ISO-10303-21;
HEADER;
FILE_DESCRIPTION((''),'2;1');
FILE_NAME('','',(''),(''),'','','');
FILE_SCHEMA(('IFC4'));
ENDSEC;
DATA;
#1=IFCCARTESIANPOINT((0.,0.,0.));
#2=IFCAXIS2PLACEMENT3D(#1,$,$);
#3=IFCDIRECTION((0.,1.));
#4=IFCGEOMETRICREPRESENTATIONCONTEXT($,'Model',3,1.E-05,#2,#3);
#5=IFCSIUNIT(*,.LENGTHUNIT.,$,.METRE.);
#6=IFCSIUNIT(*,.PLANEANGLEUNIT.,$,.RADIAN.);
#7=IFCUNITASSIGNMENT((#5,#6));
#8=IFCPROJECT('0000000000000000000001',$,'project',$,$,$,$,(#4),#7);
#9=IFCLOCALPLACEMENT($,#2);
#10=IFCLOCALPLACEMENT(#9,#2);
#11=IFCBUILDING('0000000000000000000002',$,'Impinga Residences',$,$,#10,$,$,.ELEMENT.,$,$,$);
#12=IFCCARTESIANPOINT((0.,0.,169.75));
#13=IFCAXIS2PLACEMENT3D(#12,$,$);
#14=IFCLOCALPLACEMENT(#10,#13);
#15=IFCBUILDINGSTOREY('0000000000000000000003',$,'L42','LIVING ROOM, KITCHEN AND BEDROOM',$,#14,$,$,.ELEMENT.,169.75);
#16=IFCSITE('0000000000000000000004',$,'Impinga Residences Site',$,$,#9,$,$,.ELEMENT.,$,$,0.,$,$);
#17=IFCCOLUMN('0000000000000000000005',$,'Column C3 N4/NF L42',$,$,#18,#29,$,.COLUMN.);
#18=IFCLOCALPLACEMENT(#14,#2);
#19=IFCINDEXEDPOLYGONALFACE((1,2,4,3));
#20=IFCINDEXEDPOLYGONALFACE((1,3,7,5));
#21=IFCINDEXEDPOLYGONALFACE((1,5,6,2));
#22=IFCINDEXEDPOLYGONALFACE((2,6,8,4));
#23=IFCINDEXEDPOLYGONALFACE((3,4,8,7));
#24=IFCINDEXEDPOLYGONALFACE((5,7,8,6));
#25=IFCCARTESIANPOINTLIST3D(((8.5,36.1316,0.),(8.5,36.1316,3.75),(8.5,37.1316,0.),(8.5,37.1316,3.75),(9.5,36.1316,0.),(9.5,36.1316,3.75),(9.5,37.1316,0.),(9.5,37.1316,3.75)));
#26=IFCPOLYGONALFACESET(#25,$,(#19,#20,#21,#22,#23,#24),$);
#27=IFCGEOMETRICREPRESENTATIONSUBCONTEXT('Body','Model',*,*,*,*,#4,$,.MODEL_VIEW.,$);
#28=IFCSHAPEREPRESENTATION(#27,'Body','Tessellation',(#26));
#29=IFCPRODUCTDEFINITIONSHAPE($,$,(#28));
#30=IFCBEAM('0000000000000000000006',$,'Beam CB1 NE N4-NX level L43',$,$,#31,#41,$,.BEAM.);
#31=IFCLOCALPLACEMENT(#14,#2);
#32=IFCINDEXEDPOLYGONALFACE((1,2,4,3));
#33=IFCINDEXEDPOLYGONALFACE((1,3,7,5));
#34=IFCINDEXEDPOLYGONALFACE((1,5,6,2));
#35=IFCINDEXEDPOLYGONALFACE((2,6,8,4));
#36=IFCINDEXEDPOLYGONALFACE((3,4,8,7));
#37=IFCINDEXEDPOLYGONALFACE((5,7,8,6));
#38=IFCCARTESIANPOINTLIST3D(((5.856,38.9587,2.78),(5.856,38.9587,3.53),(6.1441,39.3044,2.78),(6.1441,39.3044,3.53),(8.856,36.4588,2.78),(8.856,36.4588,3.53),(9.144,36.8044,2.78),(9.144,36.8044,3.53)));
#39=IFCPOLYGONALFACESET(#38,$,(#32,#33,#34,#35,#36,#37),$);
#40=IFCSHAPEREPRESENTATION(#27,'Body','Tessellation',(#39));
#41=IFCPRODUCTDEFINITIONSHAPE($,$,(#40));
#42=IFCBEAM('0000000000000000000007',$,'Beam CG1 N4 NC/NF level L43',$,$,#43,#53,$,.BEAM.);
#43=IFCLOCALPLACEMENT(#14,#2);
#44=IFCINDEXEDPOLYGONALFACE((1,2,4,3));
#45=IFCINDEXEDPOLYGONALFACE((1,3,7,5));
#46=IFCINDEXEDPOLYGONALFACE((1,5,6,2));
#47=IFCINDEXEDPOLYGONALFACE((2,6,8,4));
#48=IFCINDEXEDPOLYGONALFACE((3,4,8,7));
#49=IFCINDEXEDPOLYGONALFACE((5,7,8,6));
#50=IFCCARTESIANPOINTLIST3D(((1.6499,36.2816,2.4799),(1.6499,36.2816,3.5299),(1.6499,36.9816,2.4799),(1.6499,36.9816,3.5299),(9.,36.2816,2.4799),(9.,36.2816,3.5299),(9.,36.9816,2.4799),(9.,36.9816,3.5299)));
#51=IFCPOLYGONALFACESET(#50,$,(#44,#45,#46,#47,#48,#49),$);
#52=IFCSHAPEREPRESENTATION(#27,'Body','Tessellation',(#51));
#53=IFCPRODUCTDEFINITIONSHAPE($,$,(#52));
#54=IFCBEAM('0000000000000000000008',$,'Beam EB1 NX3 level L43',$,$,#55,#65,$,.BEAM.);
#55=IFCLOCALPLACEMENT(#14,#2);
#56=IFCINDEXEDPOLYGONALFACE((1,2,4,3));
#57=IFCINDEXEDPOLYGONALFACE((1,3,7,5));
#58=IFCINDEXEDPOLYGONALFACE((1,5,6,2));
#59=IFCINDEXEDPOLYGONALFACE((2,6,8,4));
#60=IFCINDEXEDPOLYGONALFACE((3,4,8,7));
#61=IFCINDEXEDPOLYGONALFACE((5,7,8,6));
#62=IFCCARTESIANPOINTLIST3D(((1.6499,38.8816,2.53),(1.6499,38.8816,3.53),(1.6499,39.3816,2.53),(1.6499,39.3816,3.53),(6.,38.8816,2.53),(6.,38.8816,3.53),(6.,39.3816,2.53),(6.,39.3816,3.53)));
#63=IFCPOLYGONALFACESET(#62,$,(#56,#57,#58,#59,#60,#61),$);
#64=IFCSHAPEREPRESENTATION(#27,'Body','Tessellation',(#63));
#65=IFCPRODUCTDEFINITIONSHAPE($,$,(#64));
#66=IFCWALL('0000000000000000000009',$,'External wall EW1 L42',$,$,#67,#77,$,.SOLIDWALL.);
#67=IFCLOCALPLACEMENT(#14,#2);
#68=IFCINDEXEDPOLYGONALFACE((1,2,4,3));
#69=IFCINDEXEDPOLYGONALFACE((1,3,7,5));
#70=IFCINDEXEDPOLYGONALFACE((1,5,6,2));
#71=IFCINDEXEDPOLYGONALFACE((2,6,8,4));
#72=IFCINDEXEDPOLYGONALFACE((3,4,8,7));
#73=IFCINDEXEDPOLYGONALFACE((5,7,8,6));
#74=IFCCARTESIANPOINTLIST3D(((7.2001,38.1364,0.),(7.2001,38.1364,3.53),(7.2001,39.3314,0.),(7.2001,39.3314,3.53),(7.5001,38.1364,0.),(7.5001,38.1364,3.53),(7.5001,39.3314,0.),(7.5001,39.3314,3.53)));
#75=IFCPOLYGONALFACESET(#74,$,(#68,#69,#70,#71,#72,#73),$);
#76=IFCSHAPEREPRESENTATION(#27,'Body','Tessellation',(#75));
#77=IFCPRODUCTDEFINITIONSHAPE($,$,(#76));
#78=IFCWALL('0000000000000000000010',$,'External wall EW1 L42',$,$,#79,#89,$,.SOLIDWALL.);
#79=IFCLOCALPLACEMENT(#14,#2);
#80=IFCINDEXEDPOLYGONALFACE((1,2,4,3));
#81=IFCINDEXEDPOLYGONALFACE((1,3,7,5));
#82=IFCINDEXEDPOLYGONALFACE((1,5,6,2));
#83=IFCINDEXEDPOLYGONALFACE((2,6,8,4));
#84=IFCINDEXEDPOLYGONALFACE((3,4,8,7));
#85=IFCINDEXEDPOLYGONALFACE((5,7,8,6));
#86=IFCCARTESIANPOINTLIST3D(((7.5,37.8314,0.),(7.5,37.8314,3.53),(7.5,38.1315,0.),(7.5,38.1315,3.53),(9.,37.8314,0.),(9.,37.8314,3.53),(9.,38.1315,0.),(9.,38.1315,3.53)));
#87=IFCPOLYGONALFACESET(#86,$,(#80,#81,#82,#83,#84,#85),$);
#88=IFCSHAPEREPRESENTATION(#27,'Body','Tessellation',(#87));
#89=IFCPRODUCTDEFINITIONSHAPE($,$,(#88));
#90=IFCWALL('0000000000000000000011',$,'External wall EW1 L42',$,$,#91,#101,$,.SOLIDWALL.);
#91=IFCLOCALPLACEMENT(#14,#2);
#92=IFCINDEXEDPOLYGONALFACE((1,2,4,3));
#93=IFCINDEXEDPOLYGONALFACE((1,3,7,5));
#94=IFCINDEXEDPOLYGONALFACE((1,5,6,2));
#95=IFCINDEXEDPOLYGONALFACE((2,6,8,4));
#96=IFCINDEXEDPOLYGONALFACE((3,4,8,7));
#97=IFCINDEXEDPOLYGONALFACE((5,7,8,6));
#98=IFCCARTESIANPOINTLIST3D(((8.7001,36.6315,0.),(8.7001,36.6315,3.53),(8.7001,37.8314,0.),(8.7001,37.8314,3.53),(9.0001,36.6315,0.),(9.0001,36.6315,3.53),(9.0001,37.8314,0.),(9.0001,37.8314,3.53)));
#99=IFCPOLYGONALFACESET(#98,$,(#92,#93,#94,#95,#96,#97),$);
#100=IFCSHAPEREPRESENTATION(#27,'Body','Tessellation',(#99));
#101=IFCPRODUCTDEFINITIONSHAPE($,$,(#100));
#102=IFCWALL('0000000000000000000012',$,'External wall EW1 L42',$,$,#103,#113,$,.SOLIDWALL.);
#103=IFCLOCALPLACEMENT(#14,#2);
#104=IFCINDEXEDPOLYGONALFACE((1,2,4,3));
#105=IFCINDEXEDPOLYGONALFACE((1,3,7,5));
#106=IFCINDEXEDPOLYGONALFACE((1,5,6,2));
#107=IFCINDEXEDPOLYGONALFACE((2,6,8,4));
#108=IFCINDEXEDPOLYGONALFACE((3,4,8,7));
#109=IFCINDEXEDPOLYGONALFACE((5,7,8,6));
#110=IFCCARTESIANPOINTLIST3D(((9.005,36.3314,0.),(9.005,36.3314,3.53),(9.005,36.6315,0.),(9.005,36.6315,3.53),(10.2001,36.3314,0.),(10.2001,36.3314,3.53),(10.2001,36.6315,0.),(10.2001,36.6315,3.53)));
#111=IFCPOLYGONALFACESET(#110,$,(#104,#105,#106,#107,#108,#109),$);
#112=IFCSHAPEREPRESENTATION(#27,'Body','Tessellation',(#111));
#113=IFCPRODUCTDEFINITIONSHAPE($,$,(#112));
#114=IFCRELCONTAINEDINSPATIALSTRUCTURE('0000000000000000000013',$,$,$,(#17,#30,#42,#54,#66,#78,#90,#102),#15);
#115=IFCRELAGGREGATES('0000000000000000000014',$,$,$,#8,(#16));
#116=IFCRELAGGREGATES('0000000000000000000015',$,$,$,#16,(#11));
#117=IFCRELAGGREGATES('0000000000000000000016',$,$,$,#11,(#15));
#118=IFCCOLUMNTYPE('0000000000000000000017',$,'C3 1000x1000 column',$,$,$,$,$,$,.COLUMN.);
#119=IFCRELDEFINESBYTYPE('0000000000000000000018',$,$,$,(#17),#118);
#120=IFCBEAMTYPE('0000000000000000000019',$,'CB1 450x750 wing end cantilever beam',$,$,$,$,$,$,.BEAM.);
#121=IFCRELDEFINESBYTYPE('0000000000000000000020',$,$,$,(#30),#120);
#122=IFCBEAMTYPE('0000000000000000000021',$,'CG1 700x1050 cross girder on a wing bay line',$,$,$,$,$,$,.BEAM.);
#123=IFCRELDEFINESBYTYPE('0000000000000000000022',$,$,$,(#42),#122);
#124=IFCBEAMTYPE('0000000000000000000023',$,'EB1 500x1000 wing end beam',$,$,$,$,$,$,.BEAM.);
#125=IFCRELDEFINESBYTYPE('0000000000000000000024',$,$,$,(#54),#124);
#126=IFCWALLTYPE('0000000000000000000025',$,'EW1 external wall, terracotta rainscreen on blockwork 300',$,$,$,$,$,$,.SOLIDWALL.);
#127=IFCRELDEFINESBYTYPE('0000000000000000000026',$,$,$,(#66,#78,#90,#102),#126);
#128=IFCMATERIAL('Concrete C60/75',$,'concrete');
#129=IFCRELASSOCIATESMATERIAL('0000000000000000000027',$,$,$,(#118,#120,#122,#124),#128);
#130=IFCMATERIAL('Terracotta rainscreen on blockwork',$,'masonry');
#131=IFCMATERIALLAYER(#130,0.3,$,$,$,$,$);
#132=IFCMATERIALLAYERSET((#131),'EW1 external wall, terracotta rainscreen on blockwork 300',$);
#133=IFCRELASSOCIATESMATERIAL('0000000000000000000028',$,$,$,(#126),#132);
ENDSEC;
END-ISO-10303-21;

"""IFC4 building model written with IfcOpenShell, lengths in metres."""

from ifc_helpers import new_model, si_unit, direction, frame, frame_2d, origin, origin_2d, place, context, subcontext, project, spatial, rectangle, extrude, material, layer, layer_set, material_profile, profile_set, type_object, element, save


model = new_model("IFC4")

# Units and contexts
model_context = context("Model", 3, precision=1e-05, world=origin(), true_north=direction((0.0, 1.0)))
body_context = subcontext(model_context, "Body", "Model", "MODEL_VIEW")
ifc_project = project(units=[si_unit("LENGTHUNIT", "METRE"), si_unit("PLANEANGLEUNIT", "RADIAN")], contexts=[model_context])

# Site, building, storey
site_placement = place(None, origin())
site = spatial("IfcSite", under=ifc_project, at=site_placement, Name="Impinga Residences Site", CompositionType="ELEMENT", RefElevation=0.0)
building_placement = place(site_placement, origin())
building = spatial("IfcBuilding", under=site, at=building_placement, Name="Impinga Residences", CompositionType="ELEMENT")
storey_placement = place(building_placement, frame((0.0, 0.0, 169.75)))
storey = spatial("IfcBuildingStorey", under=building, at=storey_placement, Name="L42", Description="LIVING ROOM, KITCHEN AND BEDROOM", CompositionType="ELEMENT", Elevation=169.75)

# Column
ifc_material_1 = material(Name="Concrete C60/75", Category="concrete")
ifc_material_profile_1 = material_profile(ifc_material_1, rectangle(XDim=1.0, YDim=1.0, at=origin_2d()), Name="RC 1000x1000")
ifc_profile_set_1 = profile_set([ifc_material_profile_1], Name="Concrete C60/75")
column_type = type_object("IfcColumnType", Name="C3 1000x1000 column", PredefinedType="COLUMN", material=ifc_profile_set_1)
column_placement = place(storey_placement, frame((9.0, 36.6316, 0.0), z_axis=(0.0, 0.0, 1.0), x_axis=(1.0, 0.0, 0.0)))
element("IfcColumn", 1, at=column_placement, inside=storey, type_object=column_type, Name="Column C3 N4/NF L42", PredefinedType="COLUMN", context=body_context, shape_type="SweptSolid", body=[
    extrude(rectangle(XDim=1.0, YDim=1.0, at=origin_2d()), origin(), (0.0, 0.0, 1.0), 3.75),
])

# Beams
ifc_material_profile_2 = material_profile(ifc_material_1, rectangle(XDim=0.45, YDim=0.75, at=origin_2d()), Name="RC 450x750")
ifc_profile_set_2 = profile_set([ifc_material_profile_2], Name="Concrete C60/75")
beam_type_1 = type_object("IfcBeamType", Name="CB1 450x750 wing end cantilever beam", PredefinedType="BEAM", material=ifc_profile_set_2)
beam_1_placement = place(storey_placement, frame((9.0, 36.6316, 3.155), z_axis=(-0.768221, 0.640184, 0.0), x_axis=(-0.640184, -0.768221, 0.0)))
element("IfcBeam", 2, at=beam_1_placement, inside=storey, type_object=beam_type_1, Name="Beam CB1 NE N4-NX level L43", PredefinedType="BEAM", context=body_context, shape_type="SweptSolid", body=[
    extrude(rectangle(XDim=0.45, YDim=0.75, at=origin_2d()), origin(), (0.0, 0.0, 1.0), 3.905),
])
ifc_material_profile_3 = material_profile(ifc_material_1, rectangle(XDim=0.7, YDim=1.05, at=origin_2d()), Name="RC 700x1050")
ifc_profile_set_3 = profile_set([ifc_material_profile_3], Name="Concrete C60/75")
beam_type_2 = type_object("IfcBeamType", Name="CG1 700x1050 cross girder on a wing bay line", PredefinedType="BEAM", material=ifc_profile_set_3)
beam_2_placement = place(storey_placement, frame((1.6499, 36.6316, 3.0049), z_axis=(1.0, 0.0, 0.0), x_axis=(0.0, 1.0, 0.0)))
element("IfcBeam", 3, at=beam_2_placement, inside=storey, type_object=beam_type_2, Name="Beam CG1 N4 NC/NF level L43", PredefinedType="BEAM", context=body_context, shape_type="SweptSolid", body=[
    extrude(rectangle(XDim=0.7, YDim=1.05, at=origin_2d()), origin(), (0.0, 0.0, 1.0), 7.3501),
])
ifc_material_profile_4 = material_profile(ifc_material_1, rectangle(XDim=0.5, YDim=1.0, at=origin_2d()), Name="RC 500x1000")
ifc_profile_set_4 = profile_set([ifc_material_profile_4], Name="Concrete C60/75")
beam_type_3 = type_object("IfcBeamType", Name="EB1 500x1000 wing end beam", PredefinedType="BEAM", material=ifc_profile_set_4)
beam_3_placement = place(storey_placement, frame((1.6499, 39.1316, 3.03), z_axis=(1.0, 0.0, 0.0), x_axis=(0.0, 1.0, 0.0)))
element("IfcBeam", 4, at=beam_3_placement, inside=storey, type_object=beam_type_3, Name="Beam EB1 NX3 level L43", PredefinedType="BEAM", context=body_context, shape_type="SweptSolid", body=[
    extrude(rectangle(XDim=0.5, YDim=1.0, at=origin_2d()), origin(), (0.0, 0.0, 1.0), 4.3501),
])

# Walls
ifc_material_2 = material(Name="Terracotta rainscreen on blockwork", Category="masonry")
ifc_layer_1 = layer(ifc_material_2, 0.3)
ifc_layer_set_1 = layer_set([ifc_layer_1], Name="EW1 external wall, terracotta rainscreen on blockwork 300")
wall_type_1 = type_object("IfcWallType", Name="EW1 external wall, terracotta rainscreen on blockwork 300", PredefinedType="SOLIDWALL", material=ifc_layer_set_1)
wall_1_placement = place(storey_placement, frame((7.3501, 39.3315, 0.0), z_axis=(0.0, 0.0, 1.0), x_axis=(0.0, -1.0, 0.0)))
element("IfcWall", 5, at=wall_1_placement, inside=storey, type_object=wall_type_1, Name="External wall EW1 L42", PredefinedType="SOLIDWALL", context=body_context, shape_type="SweptSolid", body=[
    extrude(rectangle(XDim=1.1951, YDim=0.3, at=frame_2d((0.5977, 0.0))), origin(), (0.0, 0.0, 1.0), 3.53),
])
wall_2_placement = place(storey_placement, frame((7.5, 37.9814, 0.0), z_axis=(0.0, 0.0, 1.0), x_axis=(1.0, 0.0, 0.0)))
element("IfcWall", 6, at=wall_2_placement, inside=storey, type_object=wall_type_1, Name="External wall EW1 L42", PredefinedType="SOLIDWALL", context=body_context, shape_type="SweptSolid", body=[
    extrude(rectangle(XDim=1.5, YDim=0.3, at=frame_2d((0.75, 0.0))), origin(), (0.0, 0.0, 1.0), 3.53),
])
wall_3_placement = place(storey_placement, frame((8.8501, 37.8315, 0.0), z_axis=(0.0, 0.0, 1.0), x_axis=(0.0, -1.0, 0.0)))
element("IfcWall", 7, at=wall_3_placement, inside=storey, type_object=wall_type_1, Name="External wall EW1 L42", PredefinedType="SOLIDWALL", context=body_context, shape_type="SweptSolid", body=[
    extrude(rectangle(XDim=1.2, YDim=0.3, at=frame_2d((0.6001, 0.0))), origin(), (0.0, 0.0, 1.0), 3.53),
])
wall_4_placement = place(storey_placement, frame((9.0049, 36.4814, 0.0), z_axis=(0.0, 0.0, 1.0), x_axis=(1.0, 0.0, 0.0)))
element("IfcWall", 8, at=wall_4_placement, inside=storey, type_object=wall_type_1, Name="External wall EW1 L42", PredefinedType="SOLIDWALL", context=body_context, shape_type="SweptSolid", body=[
    extrude(rectangle(XDim=1.1951, YDim=0.3, at=frame_2d((0.5977, 0.0))), origin(), (0.0, 0.0, 1.0), 3.53),
])

save(model, "model.ifc")
